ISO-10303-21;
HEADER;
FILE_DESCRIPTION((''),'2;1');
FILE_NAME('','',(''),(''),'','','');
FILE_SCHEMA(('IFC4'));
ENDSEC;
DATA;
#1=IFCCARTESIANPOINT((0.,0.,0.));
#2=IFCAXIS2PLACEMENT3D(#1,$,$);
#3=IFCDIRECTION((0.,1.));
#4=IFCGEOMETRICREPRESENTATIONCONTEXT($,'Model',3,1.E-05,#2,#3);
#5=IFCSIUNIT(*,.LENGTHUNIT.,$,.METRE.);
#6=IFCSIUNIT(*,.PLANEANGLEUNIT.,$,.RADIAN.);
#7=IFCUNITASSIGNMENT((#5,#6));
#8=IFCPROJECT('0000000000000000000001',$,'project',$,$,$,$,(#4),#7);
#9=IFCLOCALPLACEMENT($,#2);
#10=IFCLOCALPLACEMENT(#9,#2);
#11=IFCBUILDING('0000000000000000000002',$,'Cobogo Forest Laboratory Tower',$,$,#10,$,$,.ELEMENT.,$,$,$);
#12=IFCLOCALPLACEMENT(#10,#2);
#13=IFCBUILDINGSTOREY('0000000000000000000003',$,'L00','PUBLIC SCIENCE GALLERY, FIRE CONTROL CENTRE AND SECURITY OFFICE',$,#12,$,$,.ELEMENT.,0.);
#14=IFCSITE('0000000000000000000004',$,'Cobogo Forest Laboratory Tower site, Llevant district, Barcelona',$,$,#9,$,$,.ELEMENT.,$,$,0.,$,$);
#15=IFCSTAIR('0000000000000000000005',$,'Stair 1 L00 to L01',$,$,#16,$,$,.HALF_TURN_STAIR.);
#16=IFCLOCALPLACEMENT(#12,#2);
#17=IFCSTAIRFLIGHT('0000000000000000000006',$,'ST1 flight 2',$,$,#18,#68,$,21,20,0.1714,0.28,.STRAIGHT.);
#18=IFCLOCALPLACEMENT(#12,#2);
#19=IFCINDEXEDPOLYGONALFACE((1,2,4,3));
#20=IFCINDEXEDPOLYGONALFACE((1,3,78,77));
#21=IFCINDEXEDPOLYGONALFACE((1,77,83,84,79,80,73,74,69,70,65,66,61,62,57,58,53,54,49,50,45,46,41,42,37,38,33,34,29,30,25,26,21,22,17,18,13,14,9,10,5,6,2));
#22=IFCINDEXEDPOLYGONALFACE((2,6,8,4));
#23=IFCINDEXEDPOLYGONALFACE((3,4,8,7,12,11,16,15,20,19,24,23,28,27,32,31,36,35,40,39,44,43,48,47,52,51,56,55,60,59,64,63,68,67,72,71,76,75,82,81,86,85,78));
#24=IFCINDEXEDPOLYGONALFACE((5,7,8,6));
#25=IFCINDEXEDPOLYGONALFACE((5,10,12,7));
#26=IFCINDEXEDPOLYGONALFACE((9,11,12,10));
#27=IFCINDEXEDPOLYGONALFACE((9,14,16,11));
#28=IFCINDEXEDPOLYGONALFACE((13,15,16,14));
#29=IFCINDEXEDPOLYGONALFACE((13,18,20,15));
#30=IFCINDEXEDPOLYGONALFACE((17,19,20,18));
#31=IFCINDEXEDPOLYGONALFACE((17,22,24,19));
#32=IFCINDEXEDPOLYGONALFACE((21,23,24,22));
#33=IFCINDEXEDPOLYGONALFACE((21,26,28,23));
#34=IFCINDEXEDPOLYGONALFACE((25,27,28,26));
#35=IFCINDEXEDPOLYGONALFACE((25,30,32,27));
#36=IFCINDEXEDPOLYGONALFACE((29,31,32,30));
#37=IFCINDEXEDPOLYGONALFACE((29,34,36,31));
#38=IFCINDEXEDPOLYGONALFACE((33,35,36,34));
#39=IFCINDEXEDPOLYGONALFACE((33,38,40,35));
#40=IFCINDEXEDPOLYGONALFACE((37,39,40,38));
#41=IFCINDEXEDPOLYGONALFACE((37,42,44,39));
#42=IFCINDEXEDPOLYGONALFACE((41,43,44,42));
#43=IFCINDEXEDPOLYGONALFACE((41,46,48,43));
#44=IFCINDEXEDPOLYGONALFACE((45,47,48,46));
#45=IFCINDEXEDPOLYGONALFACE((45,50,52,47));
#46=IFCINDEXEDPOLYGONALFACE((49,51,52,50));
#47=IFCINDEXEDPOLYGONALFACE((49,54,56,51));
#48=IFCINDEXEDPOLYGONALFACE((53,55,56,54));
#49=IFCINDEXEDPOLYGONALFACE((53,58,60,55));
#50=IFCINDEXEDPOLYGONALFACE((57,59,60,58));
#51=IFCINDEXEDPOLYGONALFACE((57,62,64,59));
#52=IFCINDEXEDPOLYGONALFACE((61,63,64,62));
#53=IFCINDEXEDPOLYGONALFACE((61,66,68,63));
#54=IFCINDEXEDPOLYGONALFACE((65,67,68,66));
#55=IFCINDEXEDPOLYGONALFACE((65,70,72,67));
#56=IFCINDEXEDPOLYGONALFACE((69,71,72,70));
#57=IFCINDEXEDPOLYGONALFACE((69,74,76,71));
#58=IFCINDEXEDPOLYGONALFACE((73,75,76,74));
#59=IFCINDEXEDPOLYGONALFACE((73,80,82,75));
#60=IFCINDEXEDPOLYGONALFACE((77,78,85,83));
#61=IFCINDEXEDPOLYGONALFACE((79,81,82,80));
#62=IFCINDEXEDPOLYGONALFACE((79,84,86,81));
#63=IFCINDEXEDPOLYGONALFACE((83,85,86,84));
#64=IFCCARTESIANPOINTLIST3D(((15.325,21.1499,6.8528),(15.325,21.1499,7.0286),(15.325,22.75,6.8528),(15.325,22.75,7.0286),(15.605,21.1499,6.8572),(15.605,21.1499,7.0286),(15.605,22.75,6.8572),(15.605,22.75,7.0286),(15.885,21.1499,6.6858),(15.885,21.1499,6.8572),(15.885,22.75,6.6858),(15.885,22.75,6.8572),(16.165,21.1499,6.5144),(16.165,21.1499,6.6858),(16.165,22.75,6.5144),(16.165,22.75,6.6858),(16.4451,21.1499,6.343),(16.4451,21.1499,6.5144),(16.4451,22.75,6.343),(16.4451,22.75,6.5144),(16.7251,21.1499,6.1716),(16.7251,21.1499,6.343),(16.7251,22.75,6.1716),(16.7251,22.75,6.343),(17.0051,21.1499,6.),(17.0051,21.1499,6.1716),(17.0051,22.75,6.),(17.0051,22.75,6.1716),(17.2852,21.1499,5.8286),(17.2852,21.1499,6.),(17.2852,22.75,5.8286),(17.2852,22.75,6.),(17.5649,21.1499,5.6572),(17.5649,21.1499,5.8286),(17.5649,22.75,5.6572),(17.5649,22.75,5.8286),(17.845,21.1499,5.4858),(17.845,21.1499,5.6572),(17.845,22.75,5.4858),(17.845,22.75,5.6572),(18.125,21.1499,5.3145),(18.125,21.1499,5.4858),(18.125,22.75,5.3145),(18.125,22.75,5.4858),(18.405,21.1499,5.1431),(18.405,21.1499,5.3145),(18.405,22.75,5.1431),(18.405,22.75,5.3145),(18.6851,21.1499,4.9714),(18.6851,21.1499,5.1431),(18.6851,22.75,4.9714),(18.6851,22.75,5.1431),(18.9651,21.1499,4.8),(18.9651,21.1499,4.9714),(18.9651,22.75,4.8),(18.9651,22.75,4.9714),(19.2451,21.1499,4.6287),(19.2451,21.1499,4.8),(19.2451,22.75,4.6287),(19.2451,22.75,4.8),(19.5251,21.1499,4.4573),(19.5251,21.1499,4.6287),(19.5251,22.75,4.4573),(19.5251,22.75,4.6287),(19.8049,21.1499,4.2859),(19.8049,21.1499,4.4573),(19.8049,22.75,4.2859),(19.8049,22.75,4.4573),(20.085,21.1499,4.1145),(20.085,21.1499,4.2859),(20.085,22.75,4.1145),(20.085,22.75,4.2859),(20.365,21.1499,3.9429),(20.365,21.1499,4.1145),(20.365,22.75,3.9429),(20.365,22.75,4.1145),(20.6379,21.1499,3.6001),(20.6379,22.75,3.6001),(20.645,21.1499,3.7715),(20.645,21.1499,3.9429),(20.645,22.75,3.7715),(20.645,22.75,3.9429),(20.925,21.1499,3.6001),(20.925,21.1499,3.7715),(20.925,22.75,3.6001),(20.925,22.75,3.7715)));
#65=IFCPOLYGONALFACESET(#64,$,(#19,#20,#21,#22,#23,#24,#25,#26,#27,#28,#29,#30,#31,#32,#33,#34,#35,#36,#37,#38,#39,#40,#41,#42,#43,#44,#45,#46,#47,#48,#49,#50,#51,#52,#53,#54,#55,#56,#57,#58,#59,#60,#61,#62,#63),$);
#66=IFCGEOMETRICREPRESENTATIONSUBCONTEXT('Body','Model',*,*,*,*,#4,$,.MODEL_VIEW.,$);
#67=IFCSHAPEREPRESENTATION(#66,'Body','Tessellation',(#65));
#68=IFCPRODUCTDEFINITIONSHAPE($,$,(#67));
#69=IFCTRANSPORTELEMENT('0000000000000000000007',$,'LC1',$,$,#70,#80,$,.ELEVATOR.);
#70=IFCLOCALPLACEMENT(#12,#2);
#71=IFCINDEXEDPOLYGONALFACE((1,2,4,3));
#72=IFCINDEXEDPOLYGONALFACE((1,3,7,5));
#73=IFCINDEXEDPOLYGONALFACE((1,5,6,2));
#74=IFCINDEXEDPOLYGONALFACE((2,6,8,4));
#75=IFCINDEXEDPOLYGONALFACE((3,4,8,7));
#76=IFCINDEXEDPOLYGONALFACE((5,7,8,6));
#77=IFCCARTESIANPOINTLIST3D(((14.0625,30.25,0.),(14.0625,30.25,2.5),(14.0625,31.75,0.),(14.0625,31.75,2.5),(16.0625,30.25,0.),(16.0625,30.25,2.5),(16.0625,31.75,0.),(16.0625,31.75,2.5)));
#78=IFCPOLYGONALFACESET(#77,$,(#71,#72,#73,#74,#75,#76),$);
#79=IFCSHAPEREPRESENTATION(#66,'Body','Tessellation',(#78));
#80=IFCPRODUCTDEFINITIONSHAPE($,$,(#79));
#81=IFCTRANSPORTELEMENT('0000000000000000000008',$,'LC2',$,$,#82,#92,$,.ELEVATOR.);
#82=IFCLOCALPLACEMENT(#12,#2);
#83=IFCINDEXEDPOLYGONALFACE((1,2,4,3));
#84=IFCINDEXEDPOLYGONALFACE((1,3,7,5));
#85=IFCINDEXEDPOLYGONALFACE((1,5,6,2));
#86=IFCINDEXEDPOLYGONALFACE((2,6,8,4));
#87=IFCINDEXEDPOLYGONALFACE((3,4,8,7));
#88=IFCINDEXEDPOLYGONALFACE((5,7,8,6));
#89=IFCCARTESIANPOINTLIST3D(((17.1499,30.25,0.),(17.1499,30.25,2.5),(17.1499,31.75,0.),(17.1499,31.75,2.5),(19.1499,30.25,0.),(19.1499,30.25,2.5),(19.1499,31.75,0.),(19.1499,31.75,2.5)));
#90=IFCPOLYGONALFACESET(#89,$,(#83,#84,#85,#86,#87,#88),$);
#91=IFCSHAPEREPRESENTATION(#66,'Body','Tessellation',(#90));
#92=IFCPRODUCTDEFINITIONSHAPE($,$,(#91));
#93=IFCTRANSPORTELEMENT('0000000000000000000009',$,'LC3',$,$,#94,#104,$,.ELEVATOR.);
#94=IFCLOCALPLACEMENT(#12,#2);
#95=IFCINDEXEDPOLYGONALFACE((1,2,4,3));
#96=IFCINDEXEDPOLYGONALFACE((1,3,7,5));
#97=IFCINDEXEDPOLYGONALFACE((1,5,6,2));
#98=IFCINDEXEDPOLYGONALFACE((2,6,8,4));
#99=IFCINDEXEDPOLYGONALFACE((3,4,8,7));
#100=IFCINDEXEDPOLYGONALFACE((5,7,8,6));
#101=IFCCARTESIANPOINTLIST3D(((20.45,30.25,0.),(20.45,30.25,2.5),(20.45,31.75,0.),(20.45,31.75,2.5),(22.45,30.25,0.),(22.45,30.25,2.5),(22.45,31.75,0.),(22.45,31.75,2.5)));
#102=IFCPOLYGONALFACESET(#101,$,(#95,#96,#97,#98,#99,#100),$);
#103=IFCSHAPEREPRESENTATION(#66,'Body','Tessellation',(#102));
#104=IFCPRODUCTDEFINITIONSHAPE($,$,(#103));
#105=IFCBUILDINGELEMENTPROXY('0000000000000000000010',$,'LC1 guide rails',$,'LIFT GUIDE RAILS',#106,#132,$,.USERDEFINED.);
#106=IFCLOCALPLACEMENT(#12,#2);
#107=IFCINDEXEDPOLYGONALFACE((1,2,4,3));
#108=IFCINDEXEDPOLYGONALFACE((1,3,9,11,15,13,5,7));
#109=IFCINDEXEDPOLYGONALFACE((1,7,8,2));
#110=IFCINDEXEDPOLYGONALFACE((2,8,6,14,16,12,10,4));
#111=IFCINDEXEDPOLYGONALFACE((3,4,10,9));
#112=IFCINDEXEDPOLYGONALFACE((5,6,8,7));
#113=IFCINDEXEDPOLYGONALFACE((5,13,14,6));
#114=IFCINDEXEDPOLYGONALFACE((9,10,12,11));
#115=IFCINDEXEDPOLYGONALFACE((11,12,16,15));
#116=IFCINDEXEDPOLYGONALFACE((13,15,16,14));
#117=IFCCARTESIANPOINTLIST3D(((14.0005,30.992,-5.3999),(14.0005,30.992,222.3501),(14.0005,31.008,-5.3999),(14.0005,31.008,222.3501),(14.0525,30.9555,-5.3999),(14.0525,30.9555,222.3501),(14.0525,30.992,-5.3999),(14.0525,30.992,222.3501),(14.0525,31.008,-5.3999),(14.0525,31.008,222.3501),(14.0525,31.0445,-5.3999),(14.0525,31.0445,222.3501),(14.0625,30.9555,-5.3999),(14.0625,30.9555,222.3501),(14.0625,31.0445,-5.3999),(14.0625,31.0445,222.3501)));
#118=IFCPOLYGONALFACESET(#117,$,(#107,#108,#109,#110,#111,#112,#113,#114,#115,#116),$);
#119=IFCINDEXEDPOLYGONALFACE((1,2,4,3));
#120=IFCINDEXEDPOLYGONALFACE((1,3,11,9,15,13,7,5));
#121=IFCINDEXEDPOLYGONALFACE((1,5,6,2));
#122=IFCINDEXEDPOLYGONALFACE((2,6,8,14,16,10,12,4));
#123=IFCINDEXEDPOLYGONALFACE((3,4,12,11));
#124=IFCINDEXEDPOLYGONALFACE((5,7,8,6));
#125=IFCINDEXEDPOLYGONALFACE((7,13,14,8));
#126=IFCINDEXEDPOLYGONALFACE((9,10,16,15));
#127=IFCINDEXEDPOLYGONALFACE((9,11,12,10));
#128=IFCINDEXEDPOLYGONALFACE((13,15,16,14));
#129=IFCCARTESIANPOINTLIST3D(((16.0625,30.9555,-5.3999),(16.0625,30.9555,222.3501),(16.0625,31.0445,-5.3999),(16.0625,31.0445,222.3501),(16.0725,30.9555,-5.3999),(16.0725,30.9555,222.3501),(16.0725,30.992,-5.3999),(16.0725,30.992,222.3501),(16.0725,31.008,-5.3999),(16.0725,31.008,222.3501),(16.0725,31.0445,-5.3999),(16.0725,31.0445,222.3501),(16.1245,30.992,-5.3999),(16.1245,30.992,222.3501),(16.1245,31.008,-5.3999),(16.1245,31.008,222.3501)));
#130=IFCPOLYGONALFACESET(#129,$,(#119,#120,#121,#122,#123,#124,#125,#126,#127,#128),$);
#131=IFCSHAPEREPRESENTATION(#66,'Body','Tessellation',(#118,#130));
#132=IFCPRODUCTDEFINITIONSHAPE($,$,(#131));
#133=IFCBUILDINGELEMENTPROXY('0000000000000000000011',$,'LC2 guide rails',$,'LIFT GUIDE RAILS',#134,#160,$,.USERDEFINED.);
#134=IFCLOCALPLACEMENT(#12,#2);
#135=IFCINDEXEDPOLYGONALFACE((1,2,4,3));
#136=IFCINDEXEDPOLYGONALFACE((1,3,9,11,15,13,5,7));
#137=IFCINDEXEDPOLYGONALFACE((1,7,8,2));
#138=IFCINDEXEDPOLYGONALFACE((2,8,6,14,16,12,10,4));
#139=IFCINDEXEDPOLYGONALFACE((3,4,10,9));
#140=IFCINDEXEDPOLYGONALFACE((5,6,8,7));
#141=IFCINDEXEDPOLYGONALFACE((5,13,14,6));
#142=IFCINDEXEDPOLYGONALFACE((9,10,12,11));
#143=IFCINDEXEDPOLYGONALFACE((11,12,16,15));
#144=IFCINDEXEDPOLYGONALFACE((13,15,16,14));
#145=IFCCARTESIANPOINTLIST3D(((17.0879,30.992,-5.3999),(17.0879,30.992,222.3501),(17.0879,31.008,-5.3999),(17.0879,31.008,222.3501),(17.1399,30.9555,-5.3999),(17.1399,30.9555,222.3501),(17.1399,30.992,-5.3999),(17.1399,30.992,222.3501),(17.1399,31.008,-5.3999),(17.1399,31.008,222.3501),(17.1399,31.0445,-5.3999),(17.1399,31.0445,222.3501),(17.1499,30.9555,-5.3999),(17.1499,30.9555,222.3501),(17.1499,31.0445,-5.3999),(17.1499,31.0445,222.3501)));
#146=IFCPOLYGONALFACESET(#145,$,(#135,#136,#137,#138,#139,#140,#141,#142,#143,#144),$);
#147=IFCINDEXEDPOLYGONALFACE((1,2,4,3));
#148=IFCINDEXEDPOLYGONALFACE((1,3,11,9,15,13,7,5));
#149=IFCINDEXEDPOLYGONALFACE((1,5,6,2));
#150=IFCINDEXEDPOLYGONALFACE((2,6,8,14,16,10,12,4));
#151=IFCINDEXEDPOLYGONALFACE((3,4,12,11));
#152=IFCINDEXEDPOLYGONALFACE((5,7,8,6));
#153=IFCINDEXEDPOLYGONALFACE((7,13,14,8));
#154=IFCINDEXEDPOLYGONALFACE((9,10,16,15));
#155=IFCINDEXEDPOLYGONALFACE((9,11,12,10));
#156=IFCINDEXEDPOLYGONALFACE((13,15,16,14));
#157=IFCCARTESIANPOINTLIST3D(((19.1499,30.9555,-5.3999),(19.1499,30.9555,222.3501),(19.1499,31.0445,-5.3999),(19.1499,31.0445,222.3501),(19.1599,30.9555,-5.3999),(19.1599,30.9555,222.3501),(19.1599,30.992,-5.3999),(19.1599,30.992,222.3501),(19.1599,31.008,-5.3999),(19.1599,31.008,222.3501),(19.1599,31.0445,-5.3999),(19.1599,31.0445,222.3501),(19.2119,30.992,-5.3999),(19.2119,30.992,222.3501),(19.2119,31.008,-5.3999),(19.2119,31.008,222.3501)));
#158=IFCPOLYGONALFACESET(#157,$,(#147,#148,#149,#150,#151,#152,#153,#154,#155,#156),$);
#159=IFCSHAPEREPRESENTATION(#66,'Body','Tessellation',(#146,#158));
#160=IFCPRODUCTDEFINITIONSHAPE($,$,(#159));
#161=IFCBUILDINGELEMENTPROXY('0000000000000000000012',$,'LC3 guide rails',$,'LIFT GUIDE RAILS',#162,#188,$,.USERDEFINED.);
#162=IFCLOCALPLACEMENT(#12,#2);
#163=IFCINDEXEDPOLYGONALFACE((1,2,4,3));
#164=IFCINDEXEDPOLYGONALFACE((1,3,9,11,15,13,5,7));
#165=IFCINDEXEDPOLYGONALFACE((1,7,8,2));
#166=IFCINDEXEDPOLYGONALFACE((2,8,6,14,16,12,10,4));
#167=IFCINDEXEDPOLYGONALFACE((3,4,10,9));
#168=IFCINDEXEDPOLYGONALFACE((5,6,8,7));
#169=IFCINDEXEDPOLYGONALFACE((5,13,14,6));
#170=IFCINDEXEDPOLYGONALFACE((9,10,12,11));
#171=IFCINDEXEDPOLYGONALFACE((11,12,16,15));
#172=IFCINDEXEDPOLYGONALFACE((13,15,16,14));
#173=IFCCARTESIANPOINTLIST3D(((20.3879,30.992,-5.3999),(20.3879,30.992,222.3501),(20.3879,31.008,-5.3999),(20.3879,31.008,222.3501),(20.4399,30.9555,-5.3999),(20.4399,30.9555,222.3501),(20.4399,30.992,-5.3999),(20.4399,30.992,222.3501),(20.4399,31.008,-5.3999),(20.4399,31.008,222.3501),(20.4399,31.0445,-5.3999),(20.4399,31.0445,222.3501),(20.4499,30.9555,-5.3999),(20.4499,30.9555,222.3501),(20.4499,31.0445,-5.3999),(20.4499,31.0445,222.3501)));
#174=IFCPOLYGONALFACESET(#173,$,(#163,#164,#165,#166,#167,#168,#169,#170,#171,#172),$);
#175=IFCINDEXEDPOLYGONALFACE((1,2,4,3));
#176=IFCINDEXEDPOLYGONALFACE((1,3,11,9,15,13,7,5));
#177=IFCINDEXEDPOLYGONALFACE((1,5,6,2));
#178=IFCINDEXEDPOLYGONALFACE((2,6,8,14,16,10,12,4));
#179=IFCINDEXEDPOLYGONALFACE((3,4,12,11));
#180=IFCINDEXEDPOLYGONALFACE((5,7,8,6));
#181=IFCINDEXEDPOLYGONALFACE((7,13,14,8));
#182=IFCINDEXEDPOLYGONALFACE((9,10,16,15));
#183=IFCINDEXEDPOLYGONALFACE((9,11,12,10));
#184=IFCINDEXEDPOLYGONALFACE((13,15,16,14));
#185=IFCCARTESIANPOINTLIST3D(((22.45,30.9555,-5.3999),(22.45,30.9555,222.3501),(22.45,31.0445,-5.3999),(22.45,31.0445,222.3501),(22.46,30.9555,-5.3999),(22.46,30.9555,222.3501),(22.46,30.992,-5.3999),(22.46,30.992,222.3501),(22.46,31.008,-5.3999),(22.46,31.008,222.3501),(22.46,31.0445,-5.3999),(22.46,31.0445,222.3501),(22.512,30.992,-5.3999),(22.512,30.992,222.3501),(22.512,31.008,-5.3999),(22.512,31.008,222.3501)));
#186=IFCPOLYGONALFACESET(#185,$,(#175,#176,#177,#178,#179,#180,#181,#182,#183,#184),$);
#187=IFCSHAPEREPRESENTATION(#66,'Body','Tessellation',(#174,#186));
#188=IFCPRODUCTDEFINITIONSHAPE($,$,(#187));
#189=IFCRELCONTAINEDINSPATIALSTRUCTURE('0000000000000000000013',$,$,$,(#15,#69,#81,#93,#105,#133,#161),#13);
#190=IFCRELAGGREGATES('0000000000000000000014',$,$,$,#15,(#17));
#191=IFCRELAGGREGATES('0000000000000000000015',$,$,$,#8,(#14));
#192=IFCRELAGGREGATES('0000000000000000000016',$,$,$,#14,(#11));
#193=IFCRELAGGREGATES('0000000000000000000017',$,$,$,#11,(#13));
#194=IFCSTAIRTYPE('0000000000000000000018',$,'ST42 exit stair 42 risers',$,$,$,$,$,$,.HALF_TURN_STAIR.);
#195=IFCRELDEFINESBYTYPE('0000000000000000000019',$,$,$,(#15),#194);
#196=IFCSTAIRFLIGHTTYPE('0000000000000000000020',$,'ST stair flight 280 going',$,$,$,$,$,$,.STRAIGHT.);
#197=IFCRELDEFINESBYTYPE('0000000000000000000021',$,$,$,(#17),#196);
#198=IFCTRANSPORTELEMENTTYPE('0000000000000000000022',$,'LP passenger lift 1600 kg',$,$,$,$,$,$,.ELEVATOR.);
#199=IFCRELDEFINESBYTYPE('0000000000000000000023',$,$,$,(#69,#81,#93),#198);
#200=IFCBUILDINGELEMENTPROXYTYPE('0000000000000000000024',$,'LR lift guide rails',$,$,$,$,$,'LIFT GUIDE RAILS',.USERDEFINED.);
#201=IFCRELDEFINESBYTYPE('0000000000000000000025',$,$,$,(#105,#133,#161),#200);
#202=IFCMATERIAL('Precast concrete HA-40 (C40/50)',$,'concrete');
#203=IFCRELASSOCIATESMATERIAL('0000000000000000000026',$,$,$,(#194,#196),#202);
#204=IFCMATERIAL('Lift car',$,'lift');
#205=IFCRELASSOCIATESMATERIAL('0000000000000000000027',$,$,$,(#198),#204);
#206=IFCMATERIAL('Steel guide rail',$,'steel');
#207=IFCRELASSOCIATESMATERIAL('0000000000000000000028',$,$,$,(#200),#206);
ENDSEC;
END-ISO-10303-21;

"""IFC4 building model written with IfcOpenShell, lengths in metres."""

from ifc_helpers import new_model, si_unit, direction, frame, origin, origin_2d, place, context, subcontext, project, spatial, polyline, rectangle, t_section, outline, extrude, material, type_object, element, aggregate, save


model = new_model("IFC4")

# Units and contexts
model_context = context("Model", 3, precision=1e-05, world=origin(), true_north=direction((0.0, 1.0)))
body_context = subcontext(model_context, "Body", "Model", "MODEL_VIEW")
ifc_project = project(units=[si_unit("LENGTHUNIT", "METRE"), si_unit("PLANEANGLEUNIT", "RADIAN")], contexts=[model_context])

# Site, building, storey
site_placement = place(None, origin())
site = spatial("IfcSite", under=ifc_project, at=site_placement, Name="Cobogo Forest Laboratory Tower site, Llevant district, Barcelona", CompositionType="ELEMENT", RefElevation=0.0)
building_placement = place(site_placement, origin())
building = spatial("IfcBuilding", under=site, at=building_placement, Name="Cobogo Forest Laboratory Tower", CompositionType="ELEMENT")
storey_placement = place(building_placement, origin())
storey = spatial("IfcBuildingStorey", under=building, at=storey_placement, Name="L00", Description="PUBLIC SCIENCE GALLERY, FIRE CONTROL CENTRE AND SECURITY OFFICE", CompositionType="ELEMENT", Elevation=0.0)

# Stair, stair flight
ifc_material_1 = material(Name="Precast concrete HA-40 (C40/50)", Category="concrete")
stair_type = type_object("IfcStairType", Name="ST42 exit stair 42 risers", PredefinedType="HALF_TURN_STAIR", material=ifc_material_1)
stair_placement = place(storey_placement, origin())
stair = element("IfcStair", 1, at=stair_placement, inside=storey, type_object=stair_type, Name="Stair 1 L00 to L01", PredefinedType="HALF_TURN_STAIR")
stair_flight_type = type_object("IfcStairFlightType", Name="ST stair flight 280 going", PredefinedType="STRAIGHT", material=ifc_material_1)
stair_flight_1_placement = place(storey_placement, frame((20.925, 21.95, 3.6001), z_axis=(0.0, 0.0, 1.0), x_axis=(-1.0, 0.0, 0.0)))
stair_flight_1 = element("IfcStairFlight", 2, at=stair_flight_1_placement, type_object=stair_flight_type, Name="ST1 flight 2", NumberOfRisers=21, NumberOfTreads=20, PredefinedType="STRAIGHT", RiserHeight=0.1714, TreadLength=0.28, context=body_context, shape_type="SweptSolid", body=[
    extrude(outline(polyline([(0.0, 0.0), (0.0, 0.1714), (0.28, 0.1714), (0.28, 0.3428), (0.5601, 0.3428), (0.5601, 0.5144), (0.8401, 0.5144), (0.8401, 0.6858), (1.1201, 0.6858), (1.1201, 0.8572), (1.3999, 0.8572), (1.3999, 1.0286), (1.6799, 1.0286), (1.6799, 1.2), (1.96, 1.2), (1.96, 1.3713), (2.24, 1.3713), (2.24, 1.543), (2.52, 1.543), (2.52, 1.7144), (2.8, 1.7144), (2.8, 1.8857), (3.0801, 1.8857), (3.0801, 2.0571), (3.3601, 2.0571), (3.3601, 2.2285), (3.6399, 2.2285), (3.6399, 2.3999), (3.9199, 2.3999), (3.9199, 2.5715), (4.2, 2.5715), (4.2, 2.7429), (4.48, 2.7429), (4.48, 2.9143), (4.76, 2.9143), (4.76, 3.0857), (5.04, 3.0857), (5.04, 3.2571), (5.3201, 3.2571), (5.3201, 3.4285), (5.6001, 3.4285), (5.6001, 3.6001), (5.6001, 3.2527), (0.2871, 0.0), (0.0, 0.0)])), frame((0.0, 0.8, 0.0), z_axis=(0.0, -1.0, 0.0), x_axis=(1.0, 0.0, 0.0)), (0.0, 0.0, 1.0), 1.6001),
])
aggregate(stair, [stair_flight_1])

# Transport elements
ifc_material_2 = material(Name="Lift car", Category="lift")
transport_element_type = type_object("IfcTransportElementType", Name="LP passenger lift 1600 kg", PredefinedType="ELEVATOR", material=ifc_material_2)
for number, where, z_axis, x_axis, name in (
    (3, (15.0625, 31.0, 0.0), (0.0, 0.0, 1.0), (1.0, 0.0, 0.0), "LC1"),
    (4, (18.1499, 31.0, 0.0), (0.0, 0.0, 1.0), (1.0, 0.0, 0.0), "LC2"),
    (5, (21.45, 31.0, 0.0), (0.0, 0.0, 1.0), (1.0, 0.0, 0.0), "LC3"),
):
    element("IfcTransportElement", number, at=place(storey_placement, frame(where, z_axis=z_axis, x_axis=x_axis)), inside=storey, type_object=transport_element_type, Name=name, PredefinedType="ELEVATOR", context=body_context, shape_type="SweptSolid", body=[
        extrude(rectangle(XDim=2.0, YDim=1.5, at=origin_2d()), origin(), (0.0, 0.0, 1.0), 2.5),
    ])

# Building element proxies
ifc_material_3 = material(Name="Steel guide rail", Category="steel")
building_element_proxy_type = type_object("IfcBuildingElementProxyType", Name="LR lift guide rails", ElementType="LIFT GUIDE RAILS", PredefinedType="USERDEFINED", material=ifc_material_3)
for number, where, name in (
    (6, (15.0625, 31.0, 0.0), "LC1 guide rails"),
    (7, (18.1499, 31.0, 0.0), "LC2 guide rails"),
    (8, (21.45, 31.0, 0.0), "LC3 guide rails"),
):
    element("IfcBuildingElementProxy", number, at=place(storey_placement, frame(where)), inside=storey, type_object=building_element_proxy_type, Name=name, ObjectType="LIFT GUIDE RAILS", PredefinedType="USERDEFINED", context=body_context, shape_type="SweptSolid", body=[
        extrude(t_section(Depth=0.062, FlangeWidth=0.089, WebThickness=0.0159, FlangeThickness=0.01, at=origin_2d()), frame((-1.031, 0.0, -5.3999), z_axis=(0.0, 0.0, 1.0), x_axis=(0.0, -1.0, 0.0)), (0.0, 0.0, 1.0), 227.75),
        extrude(t_section(Depth=0.062, FlangeWidth=0.089, WebThickness=0.0159, FlangeThickness=0.01, at=origin_2d()), frame((1.031, 0.0, -5.3999), z_axis=(0.0, 0.0, 1.0), x_axis=(0.0, 1.0, 0.0)), (0.0, 0.0, 1.0), 227.75),
    ])

save(model, "model.ifc")
